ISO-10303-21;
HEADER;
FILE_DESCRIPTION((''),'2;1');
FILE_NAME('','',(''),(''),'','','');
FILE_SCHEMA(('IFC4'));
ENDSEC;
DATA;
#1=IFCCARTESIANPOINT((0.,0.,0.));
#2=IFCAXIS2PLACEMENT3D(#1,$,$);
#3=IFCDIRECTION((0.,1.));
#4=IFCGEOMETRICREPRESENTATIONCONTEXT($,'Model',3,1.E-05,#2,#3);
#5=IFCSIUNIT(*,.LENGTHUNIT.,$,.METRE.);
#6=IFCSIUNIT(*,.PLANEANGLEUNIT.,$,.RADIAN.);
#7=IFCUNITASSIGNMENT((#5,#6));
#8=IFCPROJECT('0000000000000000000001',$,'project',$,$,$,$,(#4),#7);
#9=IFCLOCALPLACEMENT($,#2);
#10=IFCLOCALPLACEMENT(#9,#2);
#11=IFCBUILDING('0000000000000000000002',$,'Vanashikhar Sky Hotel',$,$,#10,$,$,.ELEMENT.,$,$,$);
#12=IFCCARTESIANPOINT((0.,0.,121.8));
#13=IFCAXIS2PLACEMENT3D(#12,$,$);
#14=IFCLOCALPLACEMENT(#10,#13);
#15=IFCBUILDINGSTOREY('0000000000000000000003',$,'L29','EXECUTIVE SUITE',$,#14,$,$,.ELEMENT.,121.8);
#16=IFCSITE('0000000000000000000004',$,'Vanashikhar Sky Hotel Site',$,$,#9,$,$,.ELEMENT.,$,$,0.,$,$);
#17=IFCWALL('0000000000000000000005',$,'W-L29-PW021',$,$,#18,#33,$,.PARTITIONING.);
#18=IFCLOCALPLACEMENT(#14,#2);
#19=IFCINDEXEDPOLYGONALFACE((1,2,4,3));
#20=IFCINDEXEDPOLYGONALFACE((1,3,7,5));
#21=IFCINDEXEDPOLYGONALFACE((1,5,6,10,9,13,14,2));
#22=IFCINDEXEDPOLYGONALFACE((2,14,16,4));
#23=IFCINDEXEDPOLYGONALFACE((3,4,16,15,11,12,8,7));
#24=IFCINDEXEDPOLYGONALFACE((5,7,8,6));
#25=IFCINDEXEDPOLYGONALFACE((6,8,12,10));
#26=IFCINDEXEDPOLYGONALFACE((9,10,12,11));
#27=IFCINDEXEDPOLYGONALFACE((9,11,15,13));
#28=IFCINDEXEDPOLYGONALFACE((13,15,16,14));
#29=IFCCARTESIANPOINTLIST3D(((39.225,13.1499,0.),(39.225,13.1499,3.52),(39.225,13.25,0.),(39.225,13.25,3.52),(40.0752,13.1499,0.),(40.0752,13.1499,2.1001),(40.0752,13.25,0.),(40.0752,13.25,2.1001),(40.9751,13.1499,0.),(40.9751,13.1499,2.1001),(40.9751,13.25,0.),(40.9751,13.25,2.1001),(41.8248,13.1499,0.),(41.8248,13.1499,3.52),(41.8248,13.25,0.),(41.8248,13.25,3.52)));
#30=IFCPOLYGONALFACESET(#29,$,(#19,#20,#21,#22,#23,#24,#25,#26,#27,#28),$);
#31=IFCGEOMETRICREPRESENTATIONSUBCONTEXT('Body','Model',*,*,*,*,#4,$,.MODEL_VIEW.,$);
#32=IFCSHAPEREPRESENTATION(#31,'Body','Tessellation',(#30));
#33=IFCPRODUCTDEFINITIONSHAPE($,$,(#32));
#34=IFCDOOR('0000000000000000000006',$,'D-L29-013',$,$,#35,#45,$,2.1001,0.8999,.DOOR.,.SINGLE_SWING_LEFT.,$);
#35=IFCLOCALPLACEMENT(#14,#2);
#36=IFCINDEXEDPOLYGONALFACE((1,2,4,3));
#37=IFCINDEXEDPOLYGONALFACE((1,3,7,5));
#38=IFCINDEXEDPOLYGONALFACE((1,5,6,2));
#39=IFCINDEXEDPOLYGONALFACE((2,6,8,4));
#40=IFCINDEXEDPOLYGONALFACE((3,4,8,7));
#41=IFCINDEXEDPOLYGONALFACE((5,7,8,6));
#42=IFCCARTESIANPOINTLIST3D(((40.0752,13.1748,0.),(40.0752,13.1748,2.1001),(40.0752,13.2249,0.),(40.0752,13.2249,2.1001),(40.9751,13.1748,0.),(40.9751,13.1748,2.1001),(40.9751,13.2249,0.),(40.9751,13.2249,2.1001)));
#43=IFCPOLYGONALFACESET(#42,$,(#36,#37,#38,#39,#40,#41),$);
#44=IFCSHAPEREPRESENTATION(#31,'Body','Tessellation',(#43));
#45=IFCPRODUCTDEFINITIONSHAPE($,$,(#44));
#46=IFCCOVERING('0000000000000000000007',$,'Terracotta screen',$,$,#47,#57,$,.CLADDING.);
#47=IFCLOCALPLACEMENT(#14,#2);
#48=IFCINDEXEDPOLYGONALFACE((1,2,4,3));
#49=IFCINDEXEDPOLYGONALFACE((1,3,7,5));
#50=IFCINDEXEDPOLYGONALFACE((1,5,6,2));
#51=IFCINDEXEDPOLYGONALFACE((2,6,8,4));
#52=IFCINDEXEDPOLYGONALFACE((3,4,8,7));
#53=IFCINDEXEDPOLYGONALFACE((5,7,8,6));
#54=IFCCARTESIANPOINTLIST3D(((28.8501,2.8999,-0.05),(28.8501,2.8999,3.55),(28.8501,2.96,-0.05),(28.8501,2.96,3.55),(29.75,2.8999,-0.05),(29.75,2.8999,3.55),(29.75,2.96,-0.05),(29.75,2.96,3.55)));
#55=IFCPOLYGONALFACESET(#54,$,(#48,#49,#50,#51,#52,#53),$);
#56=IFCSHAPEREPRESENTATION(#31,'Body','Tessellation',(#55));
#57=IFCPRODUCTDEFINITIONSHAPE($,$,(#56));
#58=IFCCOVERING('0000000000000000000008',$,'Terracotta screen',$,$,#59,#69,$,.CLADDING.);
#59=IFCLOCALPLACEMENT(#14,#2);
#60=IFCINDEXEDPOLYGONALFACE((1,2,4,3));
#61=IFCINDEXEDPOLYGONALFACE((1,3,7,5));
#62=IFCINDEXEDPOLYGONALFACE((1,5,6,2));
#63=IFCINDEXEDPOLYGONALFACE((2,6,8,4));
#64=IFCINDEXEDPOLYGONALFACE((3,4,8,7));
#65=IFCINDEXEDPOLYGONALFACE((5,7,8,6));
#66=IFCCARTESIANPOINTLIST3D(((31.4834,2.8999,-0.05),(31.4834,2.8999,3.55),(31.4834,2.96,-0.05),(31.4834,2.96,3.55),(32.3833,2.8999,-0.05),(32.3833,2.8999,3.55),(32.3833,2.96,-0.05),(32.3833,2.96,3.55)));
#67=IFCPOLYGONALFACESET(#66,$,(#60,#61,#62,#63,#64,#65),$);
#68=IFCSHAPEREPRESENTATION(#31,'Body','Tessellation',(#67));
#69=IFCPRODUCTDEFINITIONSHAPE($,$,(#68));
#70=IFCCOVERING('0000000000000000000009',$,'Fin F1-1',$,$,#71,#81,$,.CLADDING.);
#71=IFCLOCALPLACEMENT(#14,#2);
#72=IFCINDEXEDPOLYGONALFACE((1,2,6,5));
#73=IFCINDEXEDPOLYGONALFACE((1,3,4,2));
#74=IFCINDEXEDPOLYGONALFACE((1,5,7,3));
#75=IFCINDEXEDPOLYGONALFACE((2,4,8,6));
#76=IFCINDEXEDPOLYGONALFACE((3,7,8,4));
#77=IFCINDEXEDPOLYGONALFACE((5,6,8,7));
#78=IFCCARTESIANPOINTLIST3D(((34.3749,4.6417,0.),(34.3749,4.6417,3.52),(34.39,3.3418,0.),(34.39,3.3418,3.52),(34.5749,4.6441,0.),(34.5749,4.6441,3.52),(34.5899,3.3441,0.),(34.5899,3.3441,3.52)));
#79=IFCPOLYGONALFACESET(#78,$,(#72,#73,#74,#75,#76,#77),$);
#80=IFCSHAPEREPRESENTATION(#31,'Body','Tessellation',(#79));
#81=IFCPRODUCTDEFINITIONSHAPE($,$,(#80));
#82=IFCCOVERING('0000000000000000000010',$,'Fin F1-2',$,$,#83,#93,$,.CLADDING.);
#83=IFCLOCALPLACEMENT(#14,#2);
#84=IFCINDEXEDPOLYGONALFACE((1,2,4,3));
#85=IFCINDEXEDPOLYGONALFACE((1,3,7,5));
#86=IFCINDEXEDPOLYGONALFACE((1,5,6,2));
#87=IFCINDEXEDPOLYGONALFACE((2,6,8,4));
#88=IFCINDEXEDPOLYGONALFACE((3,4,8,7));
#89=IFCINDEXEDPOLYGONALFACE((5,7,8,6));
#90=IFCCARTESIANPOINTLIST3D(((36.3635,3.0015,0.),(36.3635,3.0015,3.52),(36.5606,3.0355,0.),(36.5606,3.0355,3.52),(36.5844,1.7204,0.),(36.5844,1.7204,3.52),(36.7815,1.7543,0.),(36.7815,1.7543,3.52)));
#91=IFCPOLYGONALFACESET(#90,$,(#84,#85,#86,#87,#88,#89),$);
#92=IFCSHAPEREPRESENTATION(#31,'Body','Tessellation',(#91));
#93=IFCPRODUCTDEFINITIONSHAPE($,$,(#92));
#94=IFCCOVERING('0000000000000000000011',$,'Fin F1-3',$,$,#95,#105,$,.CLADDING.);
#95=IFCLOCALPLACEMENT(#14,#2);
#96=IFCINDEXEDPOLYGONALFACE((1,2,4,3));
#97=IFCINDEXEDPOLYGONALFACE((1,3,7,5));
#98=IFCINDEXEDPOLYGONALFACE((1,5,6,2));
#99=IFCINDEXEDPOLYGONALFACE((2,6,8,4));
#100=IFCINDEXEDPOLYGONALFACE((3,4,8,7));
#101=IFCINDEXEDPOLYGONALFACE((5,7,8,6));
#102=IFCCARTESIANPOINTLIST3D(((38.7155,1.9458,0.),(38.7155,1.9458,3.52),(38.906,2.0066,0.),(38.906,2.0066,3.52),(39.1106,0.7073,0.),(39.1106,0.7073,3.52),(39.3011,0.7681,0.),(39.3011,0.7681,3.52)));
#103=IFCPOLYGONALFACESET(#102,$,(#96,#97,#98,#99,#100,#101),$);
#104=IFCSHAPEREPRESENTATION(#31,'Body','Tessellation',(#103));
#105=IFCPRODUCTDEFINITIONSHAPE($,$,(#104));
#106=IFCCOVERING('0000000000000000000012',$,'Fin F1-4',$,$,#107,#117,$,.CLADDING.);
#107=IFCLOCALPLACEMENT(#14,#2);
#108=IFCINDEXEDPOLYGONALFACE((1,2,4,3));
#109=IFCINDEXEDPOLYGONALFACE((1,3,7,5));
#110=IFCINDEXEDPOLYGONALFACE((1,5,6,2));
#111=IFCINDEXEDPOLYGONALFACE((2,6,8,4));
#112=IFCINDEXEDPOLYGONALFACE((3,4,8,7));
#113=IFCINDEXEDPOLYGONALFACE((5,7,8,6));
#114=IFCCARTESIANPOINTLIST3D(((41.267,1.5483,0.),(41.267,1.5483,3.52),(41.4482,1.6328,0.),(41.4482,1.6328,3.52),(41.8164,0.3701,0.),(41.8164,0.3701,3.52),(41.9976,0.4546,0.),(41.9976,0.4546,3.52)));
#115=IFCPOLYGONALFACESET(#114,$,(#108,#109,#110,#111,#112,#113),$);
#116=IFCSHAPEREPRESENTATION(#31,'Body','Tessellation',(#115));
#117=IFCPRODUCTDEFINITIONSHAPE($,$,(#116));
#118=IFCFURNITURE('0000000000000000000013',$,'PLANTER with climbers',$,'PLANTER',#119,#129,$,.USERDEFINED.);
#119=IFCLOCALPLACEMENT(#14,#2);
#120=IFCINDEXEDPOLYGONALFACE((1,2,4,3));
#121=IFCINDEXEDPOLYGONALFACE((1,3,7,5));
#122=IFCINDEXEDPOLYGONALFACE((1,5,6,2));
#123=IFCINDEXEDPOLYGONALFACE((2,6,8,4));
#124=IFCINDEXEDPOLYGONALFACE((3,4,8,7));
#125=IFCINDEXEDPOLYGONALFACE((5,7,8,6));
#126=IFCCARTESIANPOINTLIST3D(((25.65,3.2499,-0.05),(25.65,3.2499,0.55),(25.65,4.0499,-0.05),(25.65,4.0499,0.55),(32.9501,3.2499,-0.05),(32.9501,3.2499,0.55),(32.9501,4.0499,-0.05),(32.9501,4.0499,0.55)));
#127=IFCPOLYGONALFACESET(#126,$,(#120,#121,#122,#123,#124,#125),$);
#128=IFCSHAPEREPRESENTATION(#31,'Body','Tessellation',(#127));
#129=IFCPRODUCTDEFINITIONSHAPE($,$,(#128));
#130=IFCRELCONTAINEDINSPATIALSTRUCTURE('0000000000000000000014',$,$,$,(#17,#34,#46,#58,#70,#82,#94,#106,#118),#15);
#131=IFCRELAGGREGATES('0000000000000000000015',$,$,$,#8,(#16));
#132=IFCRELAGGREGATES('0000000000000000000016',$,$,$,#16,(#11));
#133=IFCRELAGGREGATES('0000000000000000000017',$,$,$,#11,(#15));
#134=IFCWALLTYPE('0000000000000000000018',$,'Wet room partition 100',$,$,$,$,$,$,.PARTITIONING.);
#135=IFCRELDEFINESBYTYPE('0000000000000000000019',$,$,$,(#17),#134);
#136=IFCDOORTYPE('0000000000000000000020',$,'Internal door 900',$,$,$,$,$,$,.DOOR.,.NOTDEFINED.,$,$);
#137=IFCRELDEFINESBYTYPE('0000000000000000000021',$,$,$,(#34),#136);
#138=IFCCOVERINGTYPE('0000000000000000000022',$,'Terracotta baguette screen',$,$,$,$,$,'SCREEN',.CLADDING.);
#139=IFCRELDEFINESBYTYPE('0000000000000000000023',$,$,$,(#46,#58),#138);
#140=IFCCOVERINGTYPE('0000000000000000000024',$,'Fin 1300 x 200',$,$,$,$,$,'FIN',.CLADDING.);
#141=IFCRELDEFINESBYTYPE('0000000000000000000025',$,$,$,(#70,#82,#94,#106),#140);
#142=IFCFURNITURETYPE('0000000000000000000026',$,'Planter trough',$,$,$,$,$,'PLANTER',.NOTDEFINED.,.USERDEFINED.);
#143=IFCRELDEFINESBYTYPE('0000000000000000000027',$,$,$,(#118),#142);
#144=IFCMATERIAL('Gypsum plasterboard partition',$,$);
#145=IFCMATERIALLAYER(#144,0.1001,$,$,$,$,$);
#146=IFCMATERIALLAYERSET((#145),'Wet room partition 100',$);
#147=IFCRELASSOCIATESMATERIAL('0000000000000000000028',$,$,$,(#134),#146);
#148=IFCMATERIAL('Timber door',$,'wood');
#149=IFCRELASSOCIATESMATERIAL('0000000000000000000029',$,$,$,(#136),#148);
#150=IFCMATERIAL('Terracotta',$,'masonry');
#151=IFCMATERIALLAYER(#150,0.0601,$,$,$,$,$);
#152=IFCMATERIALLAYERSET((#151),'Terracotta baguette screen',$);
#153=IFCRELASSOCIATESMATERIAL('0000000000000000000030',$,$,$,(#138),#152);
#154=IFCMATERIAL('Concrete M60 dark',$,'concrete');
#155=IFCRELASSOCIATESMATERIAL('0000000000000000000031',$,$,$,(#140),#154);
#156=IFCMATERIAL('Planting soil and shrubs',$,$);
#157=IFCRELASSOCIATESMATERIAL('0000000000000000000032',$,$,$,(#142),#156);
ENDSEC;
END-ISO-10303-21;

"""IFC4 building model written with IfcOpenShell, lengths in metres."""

from ifc_helpers import new_model, si_unit, direction, frame, frame_2d, origin, origin_2d, place, context, subcontext, project, spatial, rectangle, extrude, source, transform, mapped, material, layer, layer_set, material_profile, profile_set, type_object, element, fill, save


model = new_model("IFC4")

# Units and contexts
model_context = context("Model", 3, precision=1e-05, world=origin(), true_north=direction((0.0, 1.0)))
body_context = subcontext(model_context, "Body", "Model", "MODEL_VIEW")
ifc_project = project(units=[si_unit("LENGTHUNIT", "METRE"), si_unit("PLANEANGLEUNIT", "RADIAN")], contexts=[model_context])

# Site, building, storey
site_placement = place(None, origin())
site = spatial("IfcSite", under=ifc_project, at=site_placement, Name="Vanashikhar Sky Hotel Site", CompositionType="ELEMENT", RefElevation=0.0)
building_placement = place(site_placement, origin())
building = spatial("IfcBuilding", under=site, at=building_placement, Name="Vanashikhar Sky Hotel", CompositionType="ELEMENT")
storey_placement = place(building_placement, frame((0.0, 0.0, 121.8)))
storey = spatial("IfcBuildingStorey", under=building, at=storey_placement, Name="L29", Description="EXECUTIVE SUITE", CompositionType="ELEMENT", Elevation=121.8)

# Shared definitions
ifc_material_1 = material(Name="Gypsum plasterboard partition")
ifc_layer_1 = layer(ifc_material_1, 0.1001)
ifc_layer_set_1 = layer_set([ifc_layer_1], Name="Wet room partition 100")
wall_type_1 = type_object("IfcWallType", Name="Wet room partition 100", PredefinedType="PARTITIONING", material=ifc_layer_set_1)
shared_shape_1 = source(origin(), body_context, "Body", "SweptSolid", [
    extrude(rectangle(XDim=0.8999, YDim=2.1001, at=frame_2d((0.45, 1.05))), frame((0.0, 0.0601, 0.0), z_axis=(0.0, -1.0, 0.0), x_axis=(1.0, 0.0, 0.0)), (0.0, 0.0, 1.0), 0.1201),
])
ifc_material_2 = material(Name="Timber door", Category="wood")
door_type = type_object("IfcDoorType", Name="Internal door 900", OperationType="NOTDEFINED", PredefinedType="DOOR", material=ifc_material_2)
shared_shape_2 = source(origin(), body_context, "Body", "SweptSolid", [
    extrude(rectangle(XDim=0.8999, YDim=2.1001, at=frame_2d((0.45, 1.05))), frame((0.0, 0.0249, 0.0), z_axis=(0.0, -1.0, 0.0), x_axis=(1.0, 0.0, 0.0)), (0.0, 0.0, 1.0), 0.05),
])

# Wall, opening, door
shared_shape_3 = source(origin(), body_context, "Body", "SweptSolid", [
    extrude(rectangle(XDim=2.5999, YDim=0.1001, at=frame_2d((1.2998, 0.0))), origin(), (0.0, 0.0, 1.0), 3.52),
])
wall_1_placement = place(storey_placement, frame((39.2251, 13.2, 0.0), z_axis=(0.0, 0.0, 1.0), x_axis=(1.0, 0.0, 0.0)))
wall_1 = element("IfcWall", 1, at=wall_1_placement, inside=storey, type_object=wall_type_1, Name="W-L29-PW021", PredefinedType="PARTITIONING", context=body_context, shape_type="MappedRepresentation", body=[
    mapped(shared_shape_3, transform((0.0, 0.0, 0.0), scale=1.0)),
])
opening_1_placement = place(wall_1_placement, frame((0.8501, 0.0, 0.0)))
opening_1 = element("IfcOpeningElement", 2, at=opening_1_placement, cuts=wall_1, PredefinedType="OPENING", context=body_context, shape_type="MappedRepresentation", body=[
    mapped(shared_shape_1, transform((0.0, 0.0, 0.0), scale=1.0)),
])
door_1_placement = place(opening_1_placement, origin())
door_1 = element("IfcDoor", 3, at=door_1_placement, inside=storey, type_object=door_type, Name="D-L29-013", OperationType="SINGLE_SWING_LEFT", OverallHeight=2.1001, OverallWidth=0.8999, PredefinedType="DOOR", context=body_context, shape_type="MappedRepresentation", body=[
    mapped(shared_shape_2, transform((0.0, 0.0, 0.0), scale=1.0)),
])
fill(opening_1, door_1)

# Coverings
ifc_material_3 = material(Name="Terracotta", Category="masonry")
ifc_layer_2 = layer(ifc_material_3, 0.0601)
ifc_layer_set_2 = layer_set([ifc_layer_2], Name="Terracotta baguette screen")
covering_type_1 = type_object("IfcCoveringType", Name="Terracotta baguette screen", ElementType="SCREEN", PredefinedType="CLADDING", material=ifc_layer_set_2)
shared_shape_4 = source(origin(), body_context, "Body", "SweptSolid", [
    extrude(rectangle(XDim=0.8999, YDim=0.0601, at=origin_2d()), origin(), (0.0, 0.0, 1.0), 3.6001),
])
for number, where, z_axis, x_axis, name in (
    (4, (29.3, 2.9299, -0.05), (0.0, 0.0, 1.0), (1.0, 0.0, 0.0), "Terracotta screen"),
    (5, (31.9333, 2.9299, -0.05), (0.0, 0.0, 1.0), (1.0, 0.0, 0.0), "Terracotta screen"),
):
    element("IfcCovering", number, at=place(storey_placement, frame(where, z_axis=z_axis, x_axis=x_axis)), inside=storey, type_object=covering_type_1, Name=name, PredefinedType="CLADDING", context=body_context, shape_type="MappedRepresentation", body=[
        mapped(shared_shape_4, transform((0.0, 0.0, 0.0), scale=1.0)),
    ])
ifc_material_4 = material(Name="Concrete M60 dark", Category="concrete")
ifc_material_profile_1 = material_profile(ifc_material_4, rectangle(XDim=1.3, YDim=0.2, at=origin_2d()))
ifc_profile_set_1 = profile_set([ifc_material_profile_1], Name="Fin 1300 x 200")
covering_type_2 = type_object("IfcCoveringType", Name="Fin 1300 x 200", ElementType="FIN", PredefinedType="CLADDING", material=ifc_profile_set_1)
shared_shape_5 = source(origin(), body_context, "Body", "SweptSolid", [
    extrude(rectangle(XDim=1.3, YDim=0.2, at=origin_2d()), origin(), (0.0, 0.0, 1.0), 3.52),
])
for number, where, z_axis, x_axis, name in (
    (6, (34.4824, 3.9929, 0.0), (0.0, 0.0, 1.0), (0.011589, -0.999933, 0.0), "Fin F1-1"),
    (7, (36.5725, 2.3779, 0.0), (0.0, 0.0, 1.0), (0.1699, -0.985461, 0.0), "Fin F1-2"),
    (8, (39.0083, 1.3569, 0.0), (0.0, 0.0, 1.0), (0.303967, -0.952683, 0.0), "Fin F1-3"),
    (9, (41.6323, 1.0015, 0.0), (0.0, 0.0, 1.0), (0.422618, -0.906308, 0.0), "Fin F1-4"),
):
    element("IfcCovering", number, at=place(storey_placement, frame(where, z_axis=z_axis, x_axis=x_axis)), inside=storey, type_object=covering_type_2, Name=name, PredefinedType="CLADDING", context=body_context, shape_type="MappedRepresentation", body=[
        mapped(shared_shape_5, transform((0.0, 0.0, 0.0), scale=1.0)),
    ])

# Furniture
ifc_material_5 = material(Name="Planting soil and shrubs")
furniture_type = type_object("IfcFurnitureType", Name="Planter trough", ElementType="PLANTER", AssemblyPlace="NOTDEFINED", PredefinedType="USERDEFINED", material=ifc_material_5)
shared_shape_6 = source(origin(), body_context, "Body", "SweptSolid", [
    extrude(rectangle(XDim=7.3, YDim=0.8, at=origin_2d()), origin(), (0.0, 0.0, 1.0), 0.6001),
])
furniture_placement = place(storey_placement, frame((29.3, 3.6499, -0.05), z_axis=(0.0, 0.0, 1.0), x_axis=(1.0, 0.0, 0.0)))
element("IfcFurniture", 10, at=furniture_placement, inside=storey, type_object=furniture_type, Name="PLANTER with climbers", ObjectType="PLANTER", PredefinedType="USERDEFINED", context=body_context, shape_type="MappedRepresentation", body=[
    mapped(shared_shape_6, transform((0.0, 0.0, 0.0), scale=1.0)),
])

save(model, "model.ifc")
